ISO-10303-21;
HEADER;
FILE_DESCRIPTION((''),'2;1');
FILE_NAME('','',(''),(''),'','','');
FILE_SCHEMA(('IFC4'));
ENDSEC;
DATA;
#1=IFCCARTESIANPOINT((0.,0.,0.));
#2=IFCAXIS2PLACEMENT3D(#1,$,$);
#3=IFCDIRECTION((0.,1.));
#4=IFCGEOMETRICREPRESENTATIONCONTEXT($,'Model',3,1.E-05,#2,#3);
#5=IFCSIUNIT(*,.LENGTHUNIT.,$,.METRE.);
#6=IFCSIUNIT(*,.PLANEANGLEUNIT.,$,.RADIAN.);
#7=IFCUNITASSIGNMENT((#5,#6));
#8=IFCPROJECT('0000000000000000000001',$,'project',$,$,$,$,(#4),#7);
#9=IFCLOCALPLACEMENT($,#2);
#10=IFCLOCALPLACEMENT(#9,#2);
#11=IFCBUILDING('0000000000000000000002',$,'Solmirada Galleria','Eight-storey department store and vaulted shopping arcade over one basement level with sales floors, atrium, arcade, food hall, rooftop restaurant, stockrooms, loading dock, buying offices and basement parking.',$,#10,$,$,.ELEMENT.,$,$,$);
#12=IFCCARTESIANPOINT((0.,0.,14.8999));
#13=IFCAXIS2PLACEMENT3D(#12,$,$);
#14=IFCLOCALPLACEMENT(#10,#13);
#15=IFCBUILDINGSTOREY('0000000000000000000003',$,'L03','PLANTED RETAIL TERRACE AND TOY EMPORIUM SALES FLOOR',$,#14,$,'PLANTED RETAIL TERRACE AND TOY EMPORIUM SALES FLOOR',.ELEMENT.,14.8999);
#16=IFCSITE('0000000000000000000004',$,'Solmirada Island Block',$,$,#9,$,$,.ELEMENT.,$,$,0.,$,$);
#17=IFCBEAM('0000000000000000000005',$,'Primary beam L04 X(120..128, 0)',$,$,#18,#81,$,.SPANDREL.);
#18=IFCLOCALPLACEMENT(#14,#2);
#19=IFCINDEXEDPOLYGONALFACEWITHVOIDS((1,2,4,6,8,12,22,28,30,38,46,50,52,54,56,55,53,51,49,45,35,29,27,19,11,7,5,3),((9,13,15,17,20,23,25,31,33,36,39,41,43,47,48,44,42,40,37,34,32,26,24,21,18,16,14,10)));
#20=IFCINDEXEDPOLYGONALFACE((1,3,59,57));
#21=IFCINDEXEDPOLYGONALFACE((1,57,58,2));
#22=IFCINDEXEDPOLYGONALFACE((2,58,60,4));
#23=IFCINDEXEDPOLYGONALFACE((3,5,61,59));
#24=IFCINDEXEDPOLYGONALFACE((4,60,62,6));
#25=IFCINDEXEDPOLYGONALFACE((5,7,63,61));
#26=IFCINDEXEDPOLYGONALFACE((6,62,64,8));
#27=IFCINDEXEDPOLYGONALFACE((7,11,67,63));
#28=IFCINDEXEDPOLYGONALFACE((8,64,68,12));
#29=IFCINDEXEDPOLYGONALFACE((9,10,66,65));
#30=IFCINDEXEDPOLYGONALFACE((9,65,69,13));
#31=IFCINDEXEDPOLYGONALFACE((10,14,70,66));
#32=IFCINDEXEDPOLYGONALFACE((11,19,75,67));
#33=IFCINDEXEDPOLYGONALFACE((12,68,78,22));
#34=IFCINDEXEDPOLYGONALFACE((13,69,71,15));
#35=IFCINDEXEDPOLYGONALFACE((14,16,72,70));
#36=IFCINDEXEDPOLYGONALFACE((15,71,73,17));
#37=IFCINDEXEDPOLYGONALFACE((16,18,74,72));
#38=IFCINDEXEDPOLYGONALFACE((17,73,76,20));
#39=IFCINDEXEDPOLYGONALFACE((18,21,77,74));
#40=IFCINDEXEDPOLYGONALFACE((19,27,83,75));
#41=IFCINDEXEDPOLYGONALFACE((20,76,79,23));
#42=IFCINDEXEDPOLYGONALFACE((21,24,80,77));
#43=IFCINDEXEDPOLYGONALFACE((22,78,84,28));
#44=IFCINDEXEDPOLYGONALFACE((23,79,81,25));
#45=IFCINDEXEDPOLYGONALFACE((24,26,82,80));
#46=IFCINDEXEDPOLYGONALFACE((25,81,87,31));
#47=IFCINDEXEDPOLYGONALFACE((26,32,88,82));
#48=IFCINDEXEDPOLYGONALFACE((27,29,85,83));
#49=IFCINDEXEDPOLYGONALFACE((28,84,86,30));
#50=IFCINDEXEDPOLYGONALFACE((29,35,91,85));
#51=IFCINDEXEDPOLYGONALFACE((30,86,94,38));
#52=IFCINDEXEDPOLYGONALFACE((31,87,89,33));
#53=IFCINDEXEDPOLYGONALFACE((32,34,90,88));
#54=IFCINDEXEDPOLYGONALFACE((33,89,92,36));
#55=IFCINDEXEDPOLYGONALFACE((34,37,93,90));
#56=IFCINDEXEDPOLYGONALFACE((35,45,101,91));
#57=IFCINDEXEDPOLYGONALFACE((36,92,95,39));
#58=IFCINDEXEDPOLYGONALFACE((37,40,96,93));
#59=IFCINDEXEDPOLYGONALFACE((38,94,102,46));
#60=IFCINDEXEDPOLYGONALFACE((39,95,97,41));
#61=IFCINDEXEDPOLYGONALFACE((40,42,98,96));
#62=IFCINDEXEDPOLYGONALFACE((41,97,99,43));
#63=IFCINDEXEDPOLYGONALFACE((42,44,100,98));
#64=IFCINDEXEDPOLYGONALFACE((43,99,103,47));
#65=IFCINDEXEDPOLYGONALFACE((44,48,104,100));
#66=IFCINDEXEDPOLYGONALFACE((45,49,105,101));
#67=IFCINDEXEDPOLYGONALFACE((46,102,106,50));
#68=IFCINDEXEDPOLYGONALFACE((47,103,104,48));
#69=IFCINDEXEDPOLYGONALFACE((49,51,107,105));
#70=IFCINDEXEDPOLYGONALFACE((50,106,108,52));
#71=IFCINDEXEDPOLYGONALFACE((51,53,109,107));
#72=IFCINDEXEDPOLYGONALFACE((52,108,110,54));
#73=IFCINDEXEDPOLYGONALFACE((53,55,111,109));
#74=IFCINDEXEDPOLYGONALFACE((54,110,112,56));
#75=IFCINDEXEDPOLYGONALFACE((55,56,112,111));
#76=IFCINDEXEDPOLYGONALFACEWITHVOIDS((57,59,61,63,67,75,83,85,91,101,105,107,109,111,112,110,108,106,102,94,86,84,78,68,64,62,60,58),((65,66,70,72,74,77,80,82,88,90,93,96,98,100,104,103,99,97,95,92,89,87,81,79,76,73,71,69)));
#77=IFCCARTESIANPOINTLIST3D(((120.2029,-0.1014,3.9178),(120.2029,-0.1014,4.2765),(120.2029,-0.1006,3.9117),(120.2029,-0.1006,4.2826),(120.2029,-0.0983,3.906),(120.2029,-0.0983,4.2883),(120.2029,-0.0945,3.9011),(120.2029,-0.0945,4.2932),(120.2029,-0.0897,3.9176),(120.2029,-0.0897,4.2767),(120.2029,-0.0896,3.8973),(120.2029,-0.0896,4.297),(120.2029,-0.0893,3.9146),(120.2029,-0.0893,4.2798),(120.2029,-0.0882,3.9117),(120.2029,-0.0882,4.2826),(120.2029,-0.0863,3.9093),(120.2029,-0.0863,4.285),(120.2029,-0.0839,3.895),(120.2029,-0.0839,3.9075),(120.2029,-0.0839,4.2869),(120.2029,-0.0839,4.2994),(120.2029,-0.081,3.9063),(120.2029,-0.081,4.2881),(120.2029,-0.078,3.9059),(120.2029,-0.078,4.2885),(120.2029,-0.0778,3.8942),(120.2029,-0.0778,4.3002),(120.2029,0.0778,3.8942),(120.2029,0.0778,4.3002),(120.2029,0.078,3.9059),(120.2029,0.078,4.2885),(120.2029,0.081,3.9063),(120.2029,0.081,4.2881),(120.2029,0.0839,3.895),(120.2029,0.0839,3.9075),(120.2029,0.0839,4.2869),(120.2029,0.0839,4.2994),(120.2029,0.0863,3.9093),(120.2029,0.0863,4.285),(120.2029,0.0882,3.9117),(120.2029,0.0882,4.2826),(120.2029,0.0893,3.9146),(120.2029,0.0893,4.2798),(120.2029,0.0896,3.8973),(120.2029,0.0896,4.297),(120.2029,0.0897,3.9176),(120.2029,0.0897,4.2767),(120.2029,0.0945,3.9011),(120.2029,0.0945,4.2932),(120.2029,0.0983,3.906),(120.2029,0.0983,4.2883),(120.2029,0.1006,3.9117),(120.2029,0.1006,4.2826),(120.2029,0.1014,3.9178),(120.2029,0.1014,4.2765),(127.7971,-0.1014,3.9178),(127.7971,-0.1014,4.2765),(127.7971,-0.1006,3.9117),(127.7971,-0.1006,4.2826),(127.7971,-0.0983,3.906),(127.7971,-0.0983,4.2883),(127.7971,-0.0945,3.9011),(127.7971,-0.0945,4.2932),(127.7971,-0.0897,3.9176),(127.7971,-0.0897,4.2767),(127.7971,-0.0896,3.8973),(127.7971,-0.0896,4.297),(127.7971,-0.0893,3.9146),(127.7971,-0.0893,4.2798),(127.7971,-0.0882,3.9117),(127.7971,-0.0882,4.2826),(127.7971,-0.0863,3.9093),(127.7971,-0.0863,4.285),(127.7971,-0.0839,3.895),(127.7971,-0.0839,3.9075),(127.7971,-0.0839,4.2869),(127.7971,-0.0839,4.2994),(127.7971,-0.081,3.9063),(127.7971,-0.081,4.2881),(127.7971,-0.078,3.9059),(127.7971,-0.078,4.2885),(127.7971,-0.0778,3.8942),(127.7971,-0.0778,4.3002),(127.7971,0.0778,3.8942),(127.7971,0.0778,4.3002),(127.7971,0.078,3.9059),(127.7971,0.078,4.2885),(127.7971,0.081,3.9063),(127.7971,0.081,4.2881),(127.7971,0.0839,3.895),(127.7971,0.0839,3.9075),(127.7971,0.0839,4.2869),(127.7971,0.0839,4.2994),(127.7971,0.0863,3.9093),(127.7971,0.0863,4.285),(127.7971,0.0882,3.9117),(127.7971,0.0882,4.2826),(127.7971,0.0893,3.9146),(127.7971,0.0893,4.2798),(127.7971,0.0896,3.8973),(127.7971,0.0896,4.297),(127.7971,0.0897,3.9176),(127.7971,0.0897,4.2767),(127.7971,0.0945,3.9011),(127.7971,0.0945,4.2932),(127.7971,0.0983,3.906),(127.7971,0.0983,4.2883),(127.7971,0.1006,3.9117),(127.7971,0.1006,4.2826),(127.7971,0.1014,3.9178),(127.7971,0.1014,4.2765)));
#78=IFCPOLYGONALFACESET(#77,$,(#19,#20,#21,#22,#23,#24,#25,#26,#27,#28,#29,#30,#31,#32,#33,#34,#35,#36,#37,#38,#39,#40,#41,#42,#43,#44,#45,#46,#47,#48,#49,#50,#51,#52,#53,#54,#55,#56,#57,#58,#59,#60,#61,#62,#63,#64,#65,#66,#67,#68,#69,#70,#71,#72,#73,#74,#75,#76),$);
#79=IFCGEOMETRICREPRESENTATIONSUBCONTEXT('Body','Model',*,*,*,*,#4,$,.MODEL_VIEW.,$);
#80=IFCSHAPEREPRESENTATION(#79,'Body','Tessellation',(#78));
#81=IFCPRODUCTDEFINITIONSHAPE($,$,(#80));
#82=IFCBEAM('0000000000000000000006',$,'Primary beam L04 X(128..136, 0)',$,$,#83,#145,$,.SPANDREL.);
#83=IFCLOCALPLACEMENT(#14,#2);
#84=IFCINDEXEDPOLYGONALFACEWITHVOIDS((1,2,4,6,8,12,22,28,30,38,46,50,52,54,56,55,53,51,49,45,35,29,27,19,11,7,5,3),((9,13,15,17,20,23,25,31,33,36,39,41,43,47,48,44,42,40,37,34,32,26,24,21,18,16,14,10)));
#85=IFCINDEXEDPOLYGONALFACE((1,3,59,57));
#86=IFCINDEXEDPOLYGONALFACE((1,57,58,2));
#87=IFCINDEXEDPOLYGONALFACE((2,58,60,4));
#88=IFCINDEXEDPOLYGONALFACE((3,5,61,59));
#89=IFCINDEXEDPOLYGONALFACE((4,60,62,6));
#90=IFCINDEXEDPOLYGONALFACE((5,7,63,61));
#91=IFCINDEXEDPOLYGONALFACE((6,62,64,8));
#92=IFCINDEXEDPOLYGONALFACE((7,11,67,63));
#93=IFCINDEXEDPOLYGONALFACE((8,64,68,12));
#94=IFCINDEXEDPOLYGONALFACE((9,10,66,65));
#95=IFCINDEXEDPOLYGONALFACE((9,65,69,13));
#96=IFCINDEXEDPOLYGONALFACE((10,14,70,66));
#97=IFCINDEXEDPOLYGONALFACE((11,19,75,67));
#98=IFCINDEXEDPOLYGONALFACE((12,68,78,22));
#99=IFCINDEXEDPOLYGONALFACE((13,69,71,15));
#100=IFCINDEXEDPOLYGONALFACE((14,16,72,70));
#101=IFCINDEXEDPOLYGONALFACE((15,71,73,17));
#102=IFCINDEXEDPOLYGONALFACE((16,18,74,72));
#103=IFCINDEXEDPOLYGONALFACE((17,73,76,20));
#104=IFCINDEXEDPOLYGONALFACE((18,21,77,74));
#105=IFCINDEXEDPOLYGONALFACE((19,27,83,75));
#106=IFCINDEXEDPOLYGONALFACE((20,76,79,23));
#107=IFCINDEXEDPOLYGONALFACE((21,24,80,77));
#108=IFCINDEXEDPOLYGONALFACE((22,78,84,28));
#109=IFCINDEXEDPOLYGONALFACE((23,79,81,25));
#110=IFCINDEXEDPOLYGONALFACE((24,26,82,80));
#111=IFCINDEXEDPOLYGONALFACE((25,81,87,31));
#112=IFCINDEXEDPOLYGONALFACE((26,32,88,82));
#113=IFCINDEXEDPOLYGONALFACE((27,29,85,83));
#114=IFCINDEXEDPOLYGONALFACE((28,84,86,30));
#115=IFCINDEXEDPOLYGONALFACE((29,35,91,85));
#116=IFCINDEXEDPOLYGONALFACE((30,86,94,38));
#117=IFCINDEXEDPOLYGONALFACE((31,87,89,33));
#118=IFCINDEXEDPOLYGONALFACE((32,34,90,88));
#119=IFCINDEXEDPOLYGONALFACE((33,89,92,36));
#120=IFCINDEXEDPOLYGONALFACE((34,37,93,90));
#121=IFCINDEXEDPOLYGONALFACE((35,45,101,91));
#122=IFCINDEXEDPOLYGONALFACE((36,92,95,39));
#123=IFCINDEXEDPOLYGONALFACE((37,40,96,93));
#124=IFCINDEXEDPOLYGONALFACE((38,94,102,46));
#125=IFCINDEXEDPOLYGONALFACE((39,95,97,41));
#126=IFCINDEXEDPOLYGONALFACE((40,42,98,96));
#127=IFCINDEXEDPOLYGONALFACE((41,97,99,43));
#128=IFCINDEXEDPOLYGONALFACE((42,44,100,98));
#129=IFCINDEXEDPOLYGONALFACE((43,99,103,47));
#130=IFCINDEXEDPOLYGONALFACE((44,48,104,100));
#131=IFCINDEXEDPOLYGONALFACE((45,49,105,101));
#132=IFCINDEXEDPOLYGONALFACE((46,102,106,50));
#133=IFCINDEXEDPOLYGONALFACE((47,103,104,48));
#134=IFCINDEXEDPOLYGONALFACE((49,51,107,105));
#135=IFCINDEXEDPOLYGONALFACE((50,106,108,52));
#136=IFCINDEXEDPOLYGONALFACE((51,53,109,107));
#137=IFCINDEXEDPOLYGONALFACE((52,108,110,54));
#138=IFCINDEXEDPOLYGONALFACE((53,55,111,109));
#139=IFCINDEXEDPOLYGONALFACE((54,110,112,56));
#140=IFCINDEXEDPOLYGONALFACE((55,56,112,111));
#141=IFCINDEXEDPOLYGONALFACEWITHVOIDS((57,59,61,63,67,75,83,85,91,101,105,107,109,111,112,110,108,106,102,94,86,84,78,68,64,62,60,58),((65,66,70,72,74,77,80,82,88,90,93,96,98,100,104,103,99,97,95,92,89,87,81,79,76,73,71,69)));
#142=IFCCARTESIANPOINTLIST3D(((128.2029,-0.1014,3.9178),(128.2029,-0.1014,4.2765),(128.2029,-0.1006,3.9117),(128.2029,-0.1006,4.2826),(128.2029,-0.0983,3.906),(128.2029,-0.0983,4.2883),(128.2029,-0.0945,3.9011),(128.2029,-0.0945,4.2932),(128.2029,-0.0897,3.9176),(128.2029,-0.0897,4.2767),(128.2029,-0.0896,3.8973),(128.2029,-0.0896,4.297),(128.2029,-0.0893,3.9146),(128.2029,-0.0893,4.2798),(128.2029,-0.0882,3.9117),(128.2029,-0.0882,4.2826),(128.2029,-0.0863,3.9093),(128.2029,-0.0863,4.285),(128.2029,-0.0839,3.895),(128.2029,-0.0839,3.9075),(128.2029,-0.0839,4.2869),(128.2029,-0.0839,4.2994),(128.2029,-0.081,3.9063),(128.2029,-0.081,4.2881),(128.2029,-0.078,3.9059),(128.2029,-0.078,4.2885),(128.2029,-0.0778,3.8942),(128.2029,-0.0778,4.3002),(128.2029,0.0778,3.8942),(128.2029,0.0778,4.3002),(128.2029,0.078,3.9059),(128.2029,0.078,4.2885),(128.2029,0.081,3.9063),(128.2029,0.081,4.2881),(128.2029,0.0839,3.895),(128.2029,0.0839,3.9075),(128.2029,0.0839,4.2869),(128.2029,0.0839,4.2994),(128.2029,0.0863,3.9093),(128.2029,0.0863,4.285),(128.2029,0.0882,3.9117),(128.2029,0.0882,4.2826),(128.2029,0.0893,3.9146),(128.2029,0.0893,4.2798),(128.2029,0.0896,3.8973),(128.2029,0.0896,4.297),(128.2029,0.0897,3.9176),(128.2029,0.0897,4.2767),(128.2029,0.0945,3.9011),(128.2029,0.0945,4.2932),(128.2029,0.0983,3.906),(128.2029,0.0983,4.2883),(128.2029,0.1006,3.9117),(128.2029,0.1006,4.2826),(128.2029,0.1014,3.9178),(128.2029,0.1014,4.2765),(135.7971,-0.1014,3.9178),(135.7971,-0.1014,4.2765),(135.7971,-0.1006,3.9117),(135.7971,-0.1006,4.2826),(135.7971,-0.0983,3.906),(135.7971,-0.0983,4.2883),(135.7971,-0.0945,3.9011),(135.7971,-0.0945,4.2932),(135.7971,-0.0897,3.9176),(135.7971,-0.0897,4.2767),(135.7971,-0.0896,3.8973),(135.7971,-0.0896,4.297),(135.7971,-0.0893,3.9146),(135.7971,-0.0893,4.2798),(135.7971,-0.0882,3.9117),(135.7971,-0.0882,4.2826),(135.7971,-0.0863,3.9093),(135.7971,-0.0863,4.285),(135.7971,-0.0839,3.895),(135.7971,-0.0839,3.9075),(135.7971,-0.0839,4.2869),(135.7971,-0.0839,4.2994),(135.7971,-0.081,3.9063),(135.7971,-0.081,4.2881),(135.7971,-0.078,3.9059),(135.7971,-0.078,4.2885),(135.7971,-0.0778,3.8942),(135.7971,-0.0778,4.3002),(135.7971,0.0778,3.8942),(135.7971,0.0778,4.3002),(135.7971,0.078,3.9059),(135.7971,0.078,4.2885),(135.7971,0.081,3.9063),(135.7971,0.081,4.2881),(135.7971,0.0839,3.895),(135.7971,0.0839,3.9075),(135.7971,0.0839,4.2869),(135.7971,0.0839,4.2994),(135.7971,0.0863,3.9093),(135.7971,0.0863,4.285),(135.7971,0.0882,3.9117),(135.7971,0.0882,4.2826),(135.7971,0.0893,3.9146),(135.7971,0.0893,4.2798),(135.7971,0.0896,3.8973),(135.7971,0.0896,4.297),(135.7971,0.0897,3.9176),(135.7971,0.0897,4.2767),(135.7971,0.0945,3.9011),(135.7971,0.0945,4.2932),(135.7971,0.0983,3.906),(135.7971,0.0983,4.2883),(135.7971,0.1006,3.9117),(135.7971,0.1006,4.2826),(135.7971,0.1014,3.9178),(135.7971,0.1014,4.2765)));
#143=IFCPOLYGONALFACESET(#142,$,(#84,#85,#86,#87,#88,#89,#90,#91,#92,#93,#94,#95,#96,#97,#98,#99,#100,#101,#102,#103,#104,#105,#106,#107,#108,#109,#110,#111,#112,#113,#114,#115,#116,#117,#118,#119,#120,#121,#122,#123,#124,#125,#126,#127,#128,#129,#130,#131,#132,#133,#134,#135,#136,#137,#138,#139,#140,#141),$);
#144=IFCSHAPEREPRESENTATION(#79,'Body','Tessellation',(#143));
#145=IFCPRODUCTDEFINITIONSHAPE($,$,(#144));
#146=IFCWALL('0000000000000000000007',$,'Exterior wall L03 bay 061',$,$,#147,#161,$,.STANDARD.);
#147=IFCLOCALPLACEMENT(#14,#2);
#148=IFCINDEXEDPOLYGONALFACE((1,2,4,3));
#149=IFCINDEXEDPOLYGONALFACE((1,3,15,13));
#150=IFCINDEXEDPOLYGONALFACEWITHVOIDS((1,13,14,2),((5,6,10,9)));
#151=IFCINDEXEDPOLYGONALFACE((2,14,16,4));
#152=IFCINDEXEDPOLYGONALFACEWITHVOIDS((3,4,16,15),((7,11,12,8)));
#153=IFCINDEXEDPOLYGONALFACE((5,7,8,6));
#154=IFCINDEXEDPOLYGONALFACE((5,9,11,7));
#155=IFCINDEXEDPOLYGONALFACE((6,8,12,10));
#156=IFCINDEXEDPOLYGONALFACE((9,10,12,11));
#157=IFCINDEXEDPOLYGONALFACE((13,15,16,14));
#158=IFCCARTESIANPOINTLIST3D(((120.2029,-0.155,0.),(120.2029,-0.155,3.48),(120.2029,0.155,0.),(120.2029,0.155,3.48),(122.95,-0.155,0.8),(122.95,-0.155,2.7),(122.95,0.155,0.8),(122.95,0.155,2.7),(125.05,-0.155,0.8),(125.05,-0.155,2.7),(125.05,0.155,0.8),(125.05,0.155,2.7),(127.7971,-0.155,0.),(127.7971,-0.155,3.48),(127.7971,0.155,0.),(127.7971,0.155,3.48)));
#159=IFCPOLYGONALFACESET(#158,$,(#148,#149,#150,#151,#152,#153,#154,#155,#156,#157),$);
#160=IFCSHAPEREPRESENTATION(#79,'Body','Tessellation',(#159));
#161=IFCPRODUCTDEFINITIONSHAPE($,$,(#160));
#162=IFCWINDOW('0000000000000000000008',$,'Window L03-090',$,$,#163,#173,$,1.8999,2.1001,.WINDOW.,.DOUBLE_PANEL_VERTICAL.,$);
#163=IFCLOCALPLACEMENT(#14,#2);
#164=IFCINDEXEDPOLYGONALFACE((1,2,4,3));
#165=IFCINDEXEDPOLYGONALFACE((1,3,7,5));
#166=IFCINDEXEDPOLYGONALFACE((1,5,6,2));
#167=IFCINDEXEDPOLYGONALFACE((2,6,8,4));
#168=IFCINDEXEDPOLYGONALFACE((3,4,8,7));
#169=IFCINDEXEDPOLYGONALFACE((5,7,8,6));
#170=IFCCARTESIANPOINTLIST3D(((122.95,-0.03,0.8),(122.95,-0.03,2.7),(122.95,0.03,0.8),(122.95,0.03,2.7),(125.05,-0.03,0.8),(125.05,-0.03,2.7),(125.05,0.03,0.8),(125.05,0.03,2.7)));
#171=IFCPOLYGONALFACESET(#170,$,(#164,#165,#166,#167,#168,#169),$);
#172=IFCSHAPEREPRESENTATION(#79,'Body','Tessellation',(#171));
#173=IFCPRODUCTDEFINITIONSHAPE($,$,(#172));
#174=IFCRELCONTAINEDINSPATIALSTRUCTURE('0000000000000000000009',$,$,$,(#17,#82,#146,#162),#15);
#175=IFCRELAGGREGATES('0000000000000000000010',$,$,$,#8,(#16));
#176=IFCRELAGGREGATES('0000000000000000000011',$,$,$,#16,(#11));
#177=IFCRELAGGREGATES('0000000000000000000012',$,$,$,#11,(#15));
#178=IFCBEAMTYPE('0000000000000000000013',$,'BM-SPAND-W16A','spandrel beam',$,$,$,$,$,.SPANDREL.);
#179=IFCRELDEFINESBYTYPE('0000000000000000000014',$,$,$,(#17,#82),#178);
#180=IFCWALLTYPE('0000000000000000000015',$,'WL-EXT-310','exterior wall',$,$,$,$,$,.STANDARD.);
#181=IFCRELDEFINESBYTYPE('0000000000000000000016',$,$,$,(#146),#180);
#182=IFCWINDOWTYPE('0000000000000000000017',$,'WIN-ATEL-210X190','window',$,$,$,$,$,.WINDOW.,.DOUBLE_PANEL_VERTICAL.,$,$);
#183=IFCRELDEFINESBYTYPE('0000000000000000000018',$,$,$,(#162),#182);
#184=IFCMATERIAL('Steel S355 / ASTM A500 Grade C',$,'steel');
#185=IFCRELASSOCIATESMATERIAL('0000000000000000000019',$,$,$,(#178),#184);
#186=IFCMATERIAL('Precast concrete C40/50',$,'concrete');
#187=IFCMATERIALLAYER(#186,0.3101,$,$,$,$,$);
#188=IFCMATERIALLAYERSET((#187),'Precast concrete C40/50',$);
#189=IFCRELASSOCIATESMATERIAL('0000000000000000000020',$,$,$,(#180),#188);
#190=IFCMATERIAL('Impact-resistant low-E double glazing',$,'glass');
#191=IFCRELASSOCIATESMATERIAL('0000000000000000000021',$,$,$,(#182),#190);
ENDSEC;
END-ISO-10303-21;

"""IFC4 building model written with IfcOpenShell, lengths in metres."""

from ifc_helpers import new_model, si_unit, direction, frame, frame_2d, origin, origin_2d, place, context, subcontext, project, spatial, rectangle, hollow_rectangle, extrude, material, layer, layer_set, material_profile, profile_set, type_object, element, fill, save


model = new_model("IFC4")

# Units and contexts
model_context = context("Model", 3, precision=1e-05, world=origin(), true_north=direction((0.0, 1.0)))
body_context = subcontext(model_context, "Body", "Model", "MODEL_VIEW")
ifc_project = project(units=[si_unit("LENGTHUNIT", "METRE"), si_unit("PLANEANGLEUNIT", "RADIAN")], contexts=[model_context])

# Site, building, storey
site_placement = place(None, origin())
site = spatial("IfcSite", under=ifc_project, at=site_placement, Name="Solmirada Island Block", CompositionType="ELEMENT", RefElevation=0.0)
building_placement = place(site_placement, origin())
building = spatial("IfcBuilding", under=site, at=building_placement, Name="Solmirada Galleria", Description="Eight-storey department store and vaulted shopping arcade over one basement level with sales floors, atrium, arcade, food hall, rooftop restaurant, stockrooms, loading dock, buying offices and basement parking.", CompositionType="ELEMENT")
storey_placement = place(building_placement, frame((0.0, 0.0, 14.8999)))
storey = spatial("IfcBuildingStorey", under=building, at=storey_placement, Name="L03", Description="PLANTED RETAIL TERRACE AND TOY EMPORIUM SALES FLOOR", LongName="PLANTED RETAIL TERRACE AND TOY EMPORIUM SALES FLOOR", CompositionType="ELEMENT", Elevation=14.8999)

# Shared definitions
ifc_material_1 = material(Name="Steel S355 / ASTM A500 Grade C", Category="steel")

# Beams
ifc_material_profile_1 = material_profile(ifc_material_1, hollow_rectangle(XDim=0.2029, YDim=0.406, WallThickness=0.0117, InnerFilletRadius=0.0117, OuterFilletRadius=0.0237, at=origin_2d()), Name="HSS16X8X1/2")
ifc_profile_set_1 = profile_set([ifc_material_profile_1], Name="Steel S355 / ASTM A500 Grade C")
beam_type_1 = type_object("IfcBeamType", Name="BM-SPAND-W16A", Description="spandrel beam", PredefinedType="SPANDREL", material=ifc_profile_set_1)
for number, where, z_axis, x_axis, name in (
    (1, (120.2029, 0.0, 4.0972), (1.0, 0.0, 0.0), (0.0, 1.0, 0.0), "Primary beam L04 X(120..128, 0)"),
    (2, (128.2029, 0.0, 4.0972), (1.0, 0.0, 0.0), (0.0, 1.0, 0.0), "Primary beam L04 X(128..136, 0)"),
):
    element("IfcBeam", number, at=place(storey_placement, frame(where, z_axis=z_axis, x_axis=x_axis)), inside=storey, type_object=beam_type_1, Name=name, PredefinedType="SPANDREL", context=body_context, shape_type="SweptSolid", body=[
        extrude(hollow_rectangle(XDim=0.2029, YDim=0.406, WallThickness=0.0117, InnerFilletRadius=0.0117, OuterFilletRadius=0.0237, at=origin_2d()), origin(), (0.0, 0.0, 1.0), 7.5942),
    ])

# Wall, opening, window
ifc_material_2 = material(Name="Precast concrete C40/50", Category="concrete")
ifc_layer_1 = layer(ifc_material_2, 0.3101)
ifc_layer_set_1 = layer_set([ifc_layer_1], Name="Precast concrete C40/50")
wall_type = type_object("IfcWallType", Name="WL-EXT-310", Description="exterior wall", PredefinedType="STANDARD", material=ifc_layer_set_1)
wall_1_placement = place(storey_placement, frame((127.7971, 0.0, 0.0), z_axis=(0.0, 0.0, 1.0), x_axis=(-1.0, 0.0, 0.0)))
wall_1 = element("IfcWall", 3, at=wall_1_placement, inside=storey, type_object=wall_type, Name="Exterior wall L03 bay 061", PredefinedType="STANDARD", context=body_context, shape_type="SweptSolid", body=[
    extrude(rectangle(XDim=7.5942, YDim=0.3101, at=frame_2d((3.7971, 0.0))), origin(), (0.0, 0.0, 1.0), 3.48),
])
opening_1_placement = place(wall_1_placement, frame((2.7471, 0.0, 0.8)))
opening_1 = element("IfcOpeningElement", 4, at=opening_1_placement, cuts=wall_1, PredefinedType="OPENING", context=body_context, shape_type="SweptSolid", body=[
    extrude(rectangle(XDim=2.1001, YDim=1.8999, at=frame_2d((1.05, 0.95))), frame((0.0, 0.165, 0.0), z_axis=(0.0, -1.0, 0.0), x_axis=(1.0, 0.0, 0.0)), (0.0, 0.0, 1.0), 0.3301),
])
ifc_material_3 = material(Name="Impact-resistant low-E double glazing", Category="glass")
window_type = type_object("IfcWindowType", Name="WIN-ATEL-210X190", Description="window", PartitioningType="DOUBLE_PANEL_VERTICAL", PredefinedType="WINDOW", material=ifc_material_3)
window_1_placement = place(opening_1_placement, origin())
window_1 = element("IfcWindow", 5, at=window_1_placement, inside=storey, type_object=window_type, Name="Window L03-090", OverallHeight=1.8999, OverallWidth=2.1001, PartitioningType="DOUBLE_PANEL_VERTICAL", PredefinedType="WINDOW", context=body_context, shape_type="SweptSolid", body=[
    extrude(rectangle(XDim=2.1001, YDim=1.8999, at=frame_2d((1.05, 0.95))), frame((0.0, 0.03, 0.0), z_axis=(0.0, -1.0, 0.0), x_axis=(1.0, 0.0, 0.0)), (0.0, 0.0, 1.0), 0.0601),
])
fill(opening_1, window_1)

save(model, "model.ifc")
